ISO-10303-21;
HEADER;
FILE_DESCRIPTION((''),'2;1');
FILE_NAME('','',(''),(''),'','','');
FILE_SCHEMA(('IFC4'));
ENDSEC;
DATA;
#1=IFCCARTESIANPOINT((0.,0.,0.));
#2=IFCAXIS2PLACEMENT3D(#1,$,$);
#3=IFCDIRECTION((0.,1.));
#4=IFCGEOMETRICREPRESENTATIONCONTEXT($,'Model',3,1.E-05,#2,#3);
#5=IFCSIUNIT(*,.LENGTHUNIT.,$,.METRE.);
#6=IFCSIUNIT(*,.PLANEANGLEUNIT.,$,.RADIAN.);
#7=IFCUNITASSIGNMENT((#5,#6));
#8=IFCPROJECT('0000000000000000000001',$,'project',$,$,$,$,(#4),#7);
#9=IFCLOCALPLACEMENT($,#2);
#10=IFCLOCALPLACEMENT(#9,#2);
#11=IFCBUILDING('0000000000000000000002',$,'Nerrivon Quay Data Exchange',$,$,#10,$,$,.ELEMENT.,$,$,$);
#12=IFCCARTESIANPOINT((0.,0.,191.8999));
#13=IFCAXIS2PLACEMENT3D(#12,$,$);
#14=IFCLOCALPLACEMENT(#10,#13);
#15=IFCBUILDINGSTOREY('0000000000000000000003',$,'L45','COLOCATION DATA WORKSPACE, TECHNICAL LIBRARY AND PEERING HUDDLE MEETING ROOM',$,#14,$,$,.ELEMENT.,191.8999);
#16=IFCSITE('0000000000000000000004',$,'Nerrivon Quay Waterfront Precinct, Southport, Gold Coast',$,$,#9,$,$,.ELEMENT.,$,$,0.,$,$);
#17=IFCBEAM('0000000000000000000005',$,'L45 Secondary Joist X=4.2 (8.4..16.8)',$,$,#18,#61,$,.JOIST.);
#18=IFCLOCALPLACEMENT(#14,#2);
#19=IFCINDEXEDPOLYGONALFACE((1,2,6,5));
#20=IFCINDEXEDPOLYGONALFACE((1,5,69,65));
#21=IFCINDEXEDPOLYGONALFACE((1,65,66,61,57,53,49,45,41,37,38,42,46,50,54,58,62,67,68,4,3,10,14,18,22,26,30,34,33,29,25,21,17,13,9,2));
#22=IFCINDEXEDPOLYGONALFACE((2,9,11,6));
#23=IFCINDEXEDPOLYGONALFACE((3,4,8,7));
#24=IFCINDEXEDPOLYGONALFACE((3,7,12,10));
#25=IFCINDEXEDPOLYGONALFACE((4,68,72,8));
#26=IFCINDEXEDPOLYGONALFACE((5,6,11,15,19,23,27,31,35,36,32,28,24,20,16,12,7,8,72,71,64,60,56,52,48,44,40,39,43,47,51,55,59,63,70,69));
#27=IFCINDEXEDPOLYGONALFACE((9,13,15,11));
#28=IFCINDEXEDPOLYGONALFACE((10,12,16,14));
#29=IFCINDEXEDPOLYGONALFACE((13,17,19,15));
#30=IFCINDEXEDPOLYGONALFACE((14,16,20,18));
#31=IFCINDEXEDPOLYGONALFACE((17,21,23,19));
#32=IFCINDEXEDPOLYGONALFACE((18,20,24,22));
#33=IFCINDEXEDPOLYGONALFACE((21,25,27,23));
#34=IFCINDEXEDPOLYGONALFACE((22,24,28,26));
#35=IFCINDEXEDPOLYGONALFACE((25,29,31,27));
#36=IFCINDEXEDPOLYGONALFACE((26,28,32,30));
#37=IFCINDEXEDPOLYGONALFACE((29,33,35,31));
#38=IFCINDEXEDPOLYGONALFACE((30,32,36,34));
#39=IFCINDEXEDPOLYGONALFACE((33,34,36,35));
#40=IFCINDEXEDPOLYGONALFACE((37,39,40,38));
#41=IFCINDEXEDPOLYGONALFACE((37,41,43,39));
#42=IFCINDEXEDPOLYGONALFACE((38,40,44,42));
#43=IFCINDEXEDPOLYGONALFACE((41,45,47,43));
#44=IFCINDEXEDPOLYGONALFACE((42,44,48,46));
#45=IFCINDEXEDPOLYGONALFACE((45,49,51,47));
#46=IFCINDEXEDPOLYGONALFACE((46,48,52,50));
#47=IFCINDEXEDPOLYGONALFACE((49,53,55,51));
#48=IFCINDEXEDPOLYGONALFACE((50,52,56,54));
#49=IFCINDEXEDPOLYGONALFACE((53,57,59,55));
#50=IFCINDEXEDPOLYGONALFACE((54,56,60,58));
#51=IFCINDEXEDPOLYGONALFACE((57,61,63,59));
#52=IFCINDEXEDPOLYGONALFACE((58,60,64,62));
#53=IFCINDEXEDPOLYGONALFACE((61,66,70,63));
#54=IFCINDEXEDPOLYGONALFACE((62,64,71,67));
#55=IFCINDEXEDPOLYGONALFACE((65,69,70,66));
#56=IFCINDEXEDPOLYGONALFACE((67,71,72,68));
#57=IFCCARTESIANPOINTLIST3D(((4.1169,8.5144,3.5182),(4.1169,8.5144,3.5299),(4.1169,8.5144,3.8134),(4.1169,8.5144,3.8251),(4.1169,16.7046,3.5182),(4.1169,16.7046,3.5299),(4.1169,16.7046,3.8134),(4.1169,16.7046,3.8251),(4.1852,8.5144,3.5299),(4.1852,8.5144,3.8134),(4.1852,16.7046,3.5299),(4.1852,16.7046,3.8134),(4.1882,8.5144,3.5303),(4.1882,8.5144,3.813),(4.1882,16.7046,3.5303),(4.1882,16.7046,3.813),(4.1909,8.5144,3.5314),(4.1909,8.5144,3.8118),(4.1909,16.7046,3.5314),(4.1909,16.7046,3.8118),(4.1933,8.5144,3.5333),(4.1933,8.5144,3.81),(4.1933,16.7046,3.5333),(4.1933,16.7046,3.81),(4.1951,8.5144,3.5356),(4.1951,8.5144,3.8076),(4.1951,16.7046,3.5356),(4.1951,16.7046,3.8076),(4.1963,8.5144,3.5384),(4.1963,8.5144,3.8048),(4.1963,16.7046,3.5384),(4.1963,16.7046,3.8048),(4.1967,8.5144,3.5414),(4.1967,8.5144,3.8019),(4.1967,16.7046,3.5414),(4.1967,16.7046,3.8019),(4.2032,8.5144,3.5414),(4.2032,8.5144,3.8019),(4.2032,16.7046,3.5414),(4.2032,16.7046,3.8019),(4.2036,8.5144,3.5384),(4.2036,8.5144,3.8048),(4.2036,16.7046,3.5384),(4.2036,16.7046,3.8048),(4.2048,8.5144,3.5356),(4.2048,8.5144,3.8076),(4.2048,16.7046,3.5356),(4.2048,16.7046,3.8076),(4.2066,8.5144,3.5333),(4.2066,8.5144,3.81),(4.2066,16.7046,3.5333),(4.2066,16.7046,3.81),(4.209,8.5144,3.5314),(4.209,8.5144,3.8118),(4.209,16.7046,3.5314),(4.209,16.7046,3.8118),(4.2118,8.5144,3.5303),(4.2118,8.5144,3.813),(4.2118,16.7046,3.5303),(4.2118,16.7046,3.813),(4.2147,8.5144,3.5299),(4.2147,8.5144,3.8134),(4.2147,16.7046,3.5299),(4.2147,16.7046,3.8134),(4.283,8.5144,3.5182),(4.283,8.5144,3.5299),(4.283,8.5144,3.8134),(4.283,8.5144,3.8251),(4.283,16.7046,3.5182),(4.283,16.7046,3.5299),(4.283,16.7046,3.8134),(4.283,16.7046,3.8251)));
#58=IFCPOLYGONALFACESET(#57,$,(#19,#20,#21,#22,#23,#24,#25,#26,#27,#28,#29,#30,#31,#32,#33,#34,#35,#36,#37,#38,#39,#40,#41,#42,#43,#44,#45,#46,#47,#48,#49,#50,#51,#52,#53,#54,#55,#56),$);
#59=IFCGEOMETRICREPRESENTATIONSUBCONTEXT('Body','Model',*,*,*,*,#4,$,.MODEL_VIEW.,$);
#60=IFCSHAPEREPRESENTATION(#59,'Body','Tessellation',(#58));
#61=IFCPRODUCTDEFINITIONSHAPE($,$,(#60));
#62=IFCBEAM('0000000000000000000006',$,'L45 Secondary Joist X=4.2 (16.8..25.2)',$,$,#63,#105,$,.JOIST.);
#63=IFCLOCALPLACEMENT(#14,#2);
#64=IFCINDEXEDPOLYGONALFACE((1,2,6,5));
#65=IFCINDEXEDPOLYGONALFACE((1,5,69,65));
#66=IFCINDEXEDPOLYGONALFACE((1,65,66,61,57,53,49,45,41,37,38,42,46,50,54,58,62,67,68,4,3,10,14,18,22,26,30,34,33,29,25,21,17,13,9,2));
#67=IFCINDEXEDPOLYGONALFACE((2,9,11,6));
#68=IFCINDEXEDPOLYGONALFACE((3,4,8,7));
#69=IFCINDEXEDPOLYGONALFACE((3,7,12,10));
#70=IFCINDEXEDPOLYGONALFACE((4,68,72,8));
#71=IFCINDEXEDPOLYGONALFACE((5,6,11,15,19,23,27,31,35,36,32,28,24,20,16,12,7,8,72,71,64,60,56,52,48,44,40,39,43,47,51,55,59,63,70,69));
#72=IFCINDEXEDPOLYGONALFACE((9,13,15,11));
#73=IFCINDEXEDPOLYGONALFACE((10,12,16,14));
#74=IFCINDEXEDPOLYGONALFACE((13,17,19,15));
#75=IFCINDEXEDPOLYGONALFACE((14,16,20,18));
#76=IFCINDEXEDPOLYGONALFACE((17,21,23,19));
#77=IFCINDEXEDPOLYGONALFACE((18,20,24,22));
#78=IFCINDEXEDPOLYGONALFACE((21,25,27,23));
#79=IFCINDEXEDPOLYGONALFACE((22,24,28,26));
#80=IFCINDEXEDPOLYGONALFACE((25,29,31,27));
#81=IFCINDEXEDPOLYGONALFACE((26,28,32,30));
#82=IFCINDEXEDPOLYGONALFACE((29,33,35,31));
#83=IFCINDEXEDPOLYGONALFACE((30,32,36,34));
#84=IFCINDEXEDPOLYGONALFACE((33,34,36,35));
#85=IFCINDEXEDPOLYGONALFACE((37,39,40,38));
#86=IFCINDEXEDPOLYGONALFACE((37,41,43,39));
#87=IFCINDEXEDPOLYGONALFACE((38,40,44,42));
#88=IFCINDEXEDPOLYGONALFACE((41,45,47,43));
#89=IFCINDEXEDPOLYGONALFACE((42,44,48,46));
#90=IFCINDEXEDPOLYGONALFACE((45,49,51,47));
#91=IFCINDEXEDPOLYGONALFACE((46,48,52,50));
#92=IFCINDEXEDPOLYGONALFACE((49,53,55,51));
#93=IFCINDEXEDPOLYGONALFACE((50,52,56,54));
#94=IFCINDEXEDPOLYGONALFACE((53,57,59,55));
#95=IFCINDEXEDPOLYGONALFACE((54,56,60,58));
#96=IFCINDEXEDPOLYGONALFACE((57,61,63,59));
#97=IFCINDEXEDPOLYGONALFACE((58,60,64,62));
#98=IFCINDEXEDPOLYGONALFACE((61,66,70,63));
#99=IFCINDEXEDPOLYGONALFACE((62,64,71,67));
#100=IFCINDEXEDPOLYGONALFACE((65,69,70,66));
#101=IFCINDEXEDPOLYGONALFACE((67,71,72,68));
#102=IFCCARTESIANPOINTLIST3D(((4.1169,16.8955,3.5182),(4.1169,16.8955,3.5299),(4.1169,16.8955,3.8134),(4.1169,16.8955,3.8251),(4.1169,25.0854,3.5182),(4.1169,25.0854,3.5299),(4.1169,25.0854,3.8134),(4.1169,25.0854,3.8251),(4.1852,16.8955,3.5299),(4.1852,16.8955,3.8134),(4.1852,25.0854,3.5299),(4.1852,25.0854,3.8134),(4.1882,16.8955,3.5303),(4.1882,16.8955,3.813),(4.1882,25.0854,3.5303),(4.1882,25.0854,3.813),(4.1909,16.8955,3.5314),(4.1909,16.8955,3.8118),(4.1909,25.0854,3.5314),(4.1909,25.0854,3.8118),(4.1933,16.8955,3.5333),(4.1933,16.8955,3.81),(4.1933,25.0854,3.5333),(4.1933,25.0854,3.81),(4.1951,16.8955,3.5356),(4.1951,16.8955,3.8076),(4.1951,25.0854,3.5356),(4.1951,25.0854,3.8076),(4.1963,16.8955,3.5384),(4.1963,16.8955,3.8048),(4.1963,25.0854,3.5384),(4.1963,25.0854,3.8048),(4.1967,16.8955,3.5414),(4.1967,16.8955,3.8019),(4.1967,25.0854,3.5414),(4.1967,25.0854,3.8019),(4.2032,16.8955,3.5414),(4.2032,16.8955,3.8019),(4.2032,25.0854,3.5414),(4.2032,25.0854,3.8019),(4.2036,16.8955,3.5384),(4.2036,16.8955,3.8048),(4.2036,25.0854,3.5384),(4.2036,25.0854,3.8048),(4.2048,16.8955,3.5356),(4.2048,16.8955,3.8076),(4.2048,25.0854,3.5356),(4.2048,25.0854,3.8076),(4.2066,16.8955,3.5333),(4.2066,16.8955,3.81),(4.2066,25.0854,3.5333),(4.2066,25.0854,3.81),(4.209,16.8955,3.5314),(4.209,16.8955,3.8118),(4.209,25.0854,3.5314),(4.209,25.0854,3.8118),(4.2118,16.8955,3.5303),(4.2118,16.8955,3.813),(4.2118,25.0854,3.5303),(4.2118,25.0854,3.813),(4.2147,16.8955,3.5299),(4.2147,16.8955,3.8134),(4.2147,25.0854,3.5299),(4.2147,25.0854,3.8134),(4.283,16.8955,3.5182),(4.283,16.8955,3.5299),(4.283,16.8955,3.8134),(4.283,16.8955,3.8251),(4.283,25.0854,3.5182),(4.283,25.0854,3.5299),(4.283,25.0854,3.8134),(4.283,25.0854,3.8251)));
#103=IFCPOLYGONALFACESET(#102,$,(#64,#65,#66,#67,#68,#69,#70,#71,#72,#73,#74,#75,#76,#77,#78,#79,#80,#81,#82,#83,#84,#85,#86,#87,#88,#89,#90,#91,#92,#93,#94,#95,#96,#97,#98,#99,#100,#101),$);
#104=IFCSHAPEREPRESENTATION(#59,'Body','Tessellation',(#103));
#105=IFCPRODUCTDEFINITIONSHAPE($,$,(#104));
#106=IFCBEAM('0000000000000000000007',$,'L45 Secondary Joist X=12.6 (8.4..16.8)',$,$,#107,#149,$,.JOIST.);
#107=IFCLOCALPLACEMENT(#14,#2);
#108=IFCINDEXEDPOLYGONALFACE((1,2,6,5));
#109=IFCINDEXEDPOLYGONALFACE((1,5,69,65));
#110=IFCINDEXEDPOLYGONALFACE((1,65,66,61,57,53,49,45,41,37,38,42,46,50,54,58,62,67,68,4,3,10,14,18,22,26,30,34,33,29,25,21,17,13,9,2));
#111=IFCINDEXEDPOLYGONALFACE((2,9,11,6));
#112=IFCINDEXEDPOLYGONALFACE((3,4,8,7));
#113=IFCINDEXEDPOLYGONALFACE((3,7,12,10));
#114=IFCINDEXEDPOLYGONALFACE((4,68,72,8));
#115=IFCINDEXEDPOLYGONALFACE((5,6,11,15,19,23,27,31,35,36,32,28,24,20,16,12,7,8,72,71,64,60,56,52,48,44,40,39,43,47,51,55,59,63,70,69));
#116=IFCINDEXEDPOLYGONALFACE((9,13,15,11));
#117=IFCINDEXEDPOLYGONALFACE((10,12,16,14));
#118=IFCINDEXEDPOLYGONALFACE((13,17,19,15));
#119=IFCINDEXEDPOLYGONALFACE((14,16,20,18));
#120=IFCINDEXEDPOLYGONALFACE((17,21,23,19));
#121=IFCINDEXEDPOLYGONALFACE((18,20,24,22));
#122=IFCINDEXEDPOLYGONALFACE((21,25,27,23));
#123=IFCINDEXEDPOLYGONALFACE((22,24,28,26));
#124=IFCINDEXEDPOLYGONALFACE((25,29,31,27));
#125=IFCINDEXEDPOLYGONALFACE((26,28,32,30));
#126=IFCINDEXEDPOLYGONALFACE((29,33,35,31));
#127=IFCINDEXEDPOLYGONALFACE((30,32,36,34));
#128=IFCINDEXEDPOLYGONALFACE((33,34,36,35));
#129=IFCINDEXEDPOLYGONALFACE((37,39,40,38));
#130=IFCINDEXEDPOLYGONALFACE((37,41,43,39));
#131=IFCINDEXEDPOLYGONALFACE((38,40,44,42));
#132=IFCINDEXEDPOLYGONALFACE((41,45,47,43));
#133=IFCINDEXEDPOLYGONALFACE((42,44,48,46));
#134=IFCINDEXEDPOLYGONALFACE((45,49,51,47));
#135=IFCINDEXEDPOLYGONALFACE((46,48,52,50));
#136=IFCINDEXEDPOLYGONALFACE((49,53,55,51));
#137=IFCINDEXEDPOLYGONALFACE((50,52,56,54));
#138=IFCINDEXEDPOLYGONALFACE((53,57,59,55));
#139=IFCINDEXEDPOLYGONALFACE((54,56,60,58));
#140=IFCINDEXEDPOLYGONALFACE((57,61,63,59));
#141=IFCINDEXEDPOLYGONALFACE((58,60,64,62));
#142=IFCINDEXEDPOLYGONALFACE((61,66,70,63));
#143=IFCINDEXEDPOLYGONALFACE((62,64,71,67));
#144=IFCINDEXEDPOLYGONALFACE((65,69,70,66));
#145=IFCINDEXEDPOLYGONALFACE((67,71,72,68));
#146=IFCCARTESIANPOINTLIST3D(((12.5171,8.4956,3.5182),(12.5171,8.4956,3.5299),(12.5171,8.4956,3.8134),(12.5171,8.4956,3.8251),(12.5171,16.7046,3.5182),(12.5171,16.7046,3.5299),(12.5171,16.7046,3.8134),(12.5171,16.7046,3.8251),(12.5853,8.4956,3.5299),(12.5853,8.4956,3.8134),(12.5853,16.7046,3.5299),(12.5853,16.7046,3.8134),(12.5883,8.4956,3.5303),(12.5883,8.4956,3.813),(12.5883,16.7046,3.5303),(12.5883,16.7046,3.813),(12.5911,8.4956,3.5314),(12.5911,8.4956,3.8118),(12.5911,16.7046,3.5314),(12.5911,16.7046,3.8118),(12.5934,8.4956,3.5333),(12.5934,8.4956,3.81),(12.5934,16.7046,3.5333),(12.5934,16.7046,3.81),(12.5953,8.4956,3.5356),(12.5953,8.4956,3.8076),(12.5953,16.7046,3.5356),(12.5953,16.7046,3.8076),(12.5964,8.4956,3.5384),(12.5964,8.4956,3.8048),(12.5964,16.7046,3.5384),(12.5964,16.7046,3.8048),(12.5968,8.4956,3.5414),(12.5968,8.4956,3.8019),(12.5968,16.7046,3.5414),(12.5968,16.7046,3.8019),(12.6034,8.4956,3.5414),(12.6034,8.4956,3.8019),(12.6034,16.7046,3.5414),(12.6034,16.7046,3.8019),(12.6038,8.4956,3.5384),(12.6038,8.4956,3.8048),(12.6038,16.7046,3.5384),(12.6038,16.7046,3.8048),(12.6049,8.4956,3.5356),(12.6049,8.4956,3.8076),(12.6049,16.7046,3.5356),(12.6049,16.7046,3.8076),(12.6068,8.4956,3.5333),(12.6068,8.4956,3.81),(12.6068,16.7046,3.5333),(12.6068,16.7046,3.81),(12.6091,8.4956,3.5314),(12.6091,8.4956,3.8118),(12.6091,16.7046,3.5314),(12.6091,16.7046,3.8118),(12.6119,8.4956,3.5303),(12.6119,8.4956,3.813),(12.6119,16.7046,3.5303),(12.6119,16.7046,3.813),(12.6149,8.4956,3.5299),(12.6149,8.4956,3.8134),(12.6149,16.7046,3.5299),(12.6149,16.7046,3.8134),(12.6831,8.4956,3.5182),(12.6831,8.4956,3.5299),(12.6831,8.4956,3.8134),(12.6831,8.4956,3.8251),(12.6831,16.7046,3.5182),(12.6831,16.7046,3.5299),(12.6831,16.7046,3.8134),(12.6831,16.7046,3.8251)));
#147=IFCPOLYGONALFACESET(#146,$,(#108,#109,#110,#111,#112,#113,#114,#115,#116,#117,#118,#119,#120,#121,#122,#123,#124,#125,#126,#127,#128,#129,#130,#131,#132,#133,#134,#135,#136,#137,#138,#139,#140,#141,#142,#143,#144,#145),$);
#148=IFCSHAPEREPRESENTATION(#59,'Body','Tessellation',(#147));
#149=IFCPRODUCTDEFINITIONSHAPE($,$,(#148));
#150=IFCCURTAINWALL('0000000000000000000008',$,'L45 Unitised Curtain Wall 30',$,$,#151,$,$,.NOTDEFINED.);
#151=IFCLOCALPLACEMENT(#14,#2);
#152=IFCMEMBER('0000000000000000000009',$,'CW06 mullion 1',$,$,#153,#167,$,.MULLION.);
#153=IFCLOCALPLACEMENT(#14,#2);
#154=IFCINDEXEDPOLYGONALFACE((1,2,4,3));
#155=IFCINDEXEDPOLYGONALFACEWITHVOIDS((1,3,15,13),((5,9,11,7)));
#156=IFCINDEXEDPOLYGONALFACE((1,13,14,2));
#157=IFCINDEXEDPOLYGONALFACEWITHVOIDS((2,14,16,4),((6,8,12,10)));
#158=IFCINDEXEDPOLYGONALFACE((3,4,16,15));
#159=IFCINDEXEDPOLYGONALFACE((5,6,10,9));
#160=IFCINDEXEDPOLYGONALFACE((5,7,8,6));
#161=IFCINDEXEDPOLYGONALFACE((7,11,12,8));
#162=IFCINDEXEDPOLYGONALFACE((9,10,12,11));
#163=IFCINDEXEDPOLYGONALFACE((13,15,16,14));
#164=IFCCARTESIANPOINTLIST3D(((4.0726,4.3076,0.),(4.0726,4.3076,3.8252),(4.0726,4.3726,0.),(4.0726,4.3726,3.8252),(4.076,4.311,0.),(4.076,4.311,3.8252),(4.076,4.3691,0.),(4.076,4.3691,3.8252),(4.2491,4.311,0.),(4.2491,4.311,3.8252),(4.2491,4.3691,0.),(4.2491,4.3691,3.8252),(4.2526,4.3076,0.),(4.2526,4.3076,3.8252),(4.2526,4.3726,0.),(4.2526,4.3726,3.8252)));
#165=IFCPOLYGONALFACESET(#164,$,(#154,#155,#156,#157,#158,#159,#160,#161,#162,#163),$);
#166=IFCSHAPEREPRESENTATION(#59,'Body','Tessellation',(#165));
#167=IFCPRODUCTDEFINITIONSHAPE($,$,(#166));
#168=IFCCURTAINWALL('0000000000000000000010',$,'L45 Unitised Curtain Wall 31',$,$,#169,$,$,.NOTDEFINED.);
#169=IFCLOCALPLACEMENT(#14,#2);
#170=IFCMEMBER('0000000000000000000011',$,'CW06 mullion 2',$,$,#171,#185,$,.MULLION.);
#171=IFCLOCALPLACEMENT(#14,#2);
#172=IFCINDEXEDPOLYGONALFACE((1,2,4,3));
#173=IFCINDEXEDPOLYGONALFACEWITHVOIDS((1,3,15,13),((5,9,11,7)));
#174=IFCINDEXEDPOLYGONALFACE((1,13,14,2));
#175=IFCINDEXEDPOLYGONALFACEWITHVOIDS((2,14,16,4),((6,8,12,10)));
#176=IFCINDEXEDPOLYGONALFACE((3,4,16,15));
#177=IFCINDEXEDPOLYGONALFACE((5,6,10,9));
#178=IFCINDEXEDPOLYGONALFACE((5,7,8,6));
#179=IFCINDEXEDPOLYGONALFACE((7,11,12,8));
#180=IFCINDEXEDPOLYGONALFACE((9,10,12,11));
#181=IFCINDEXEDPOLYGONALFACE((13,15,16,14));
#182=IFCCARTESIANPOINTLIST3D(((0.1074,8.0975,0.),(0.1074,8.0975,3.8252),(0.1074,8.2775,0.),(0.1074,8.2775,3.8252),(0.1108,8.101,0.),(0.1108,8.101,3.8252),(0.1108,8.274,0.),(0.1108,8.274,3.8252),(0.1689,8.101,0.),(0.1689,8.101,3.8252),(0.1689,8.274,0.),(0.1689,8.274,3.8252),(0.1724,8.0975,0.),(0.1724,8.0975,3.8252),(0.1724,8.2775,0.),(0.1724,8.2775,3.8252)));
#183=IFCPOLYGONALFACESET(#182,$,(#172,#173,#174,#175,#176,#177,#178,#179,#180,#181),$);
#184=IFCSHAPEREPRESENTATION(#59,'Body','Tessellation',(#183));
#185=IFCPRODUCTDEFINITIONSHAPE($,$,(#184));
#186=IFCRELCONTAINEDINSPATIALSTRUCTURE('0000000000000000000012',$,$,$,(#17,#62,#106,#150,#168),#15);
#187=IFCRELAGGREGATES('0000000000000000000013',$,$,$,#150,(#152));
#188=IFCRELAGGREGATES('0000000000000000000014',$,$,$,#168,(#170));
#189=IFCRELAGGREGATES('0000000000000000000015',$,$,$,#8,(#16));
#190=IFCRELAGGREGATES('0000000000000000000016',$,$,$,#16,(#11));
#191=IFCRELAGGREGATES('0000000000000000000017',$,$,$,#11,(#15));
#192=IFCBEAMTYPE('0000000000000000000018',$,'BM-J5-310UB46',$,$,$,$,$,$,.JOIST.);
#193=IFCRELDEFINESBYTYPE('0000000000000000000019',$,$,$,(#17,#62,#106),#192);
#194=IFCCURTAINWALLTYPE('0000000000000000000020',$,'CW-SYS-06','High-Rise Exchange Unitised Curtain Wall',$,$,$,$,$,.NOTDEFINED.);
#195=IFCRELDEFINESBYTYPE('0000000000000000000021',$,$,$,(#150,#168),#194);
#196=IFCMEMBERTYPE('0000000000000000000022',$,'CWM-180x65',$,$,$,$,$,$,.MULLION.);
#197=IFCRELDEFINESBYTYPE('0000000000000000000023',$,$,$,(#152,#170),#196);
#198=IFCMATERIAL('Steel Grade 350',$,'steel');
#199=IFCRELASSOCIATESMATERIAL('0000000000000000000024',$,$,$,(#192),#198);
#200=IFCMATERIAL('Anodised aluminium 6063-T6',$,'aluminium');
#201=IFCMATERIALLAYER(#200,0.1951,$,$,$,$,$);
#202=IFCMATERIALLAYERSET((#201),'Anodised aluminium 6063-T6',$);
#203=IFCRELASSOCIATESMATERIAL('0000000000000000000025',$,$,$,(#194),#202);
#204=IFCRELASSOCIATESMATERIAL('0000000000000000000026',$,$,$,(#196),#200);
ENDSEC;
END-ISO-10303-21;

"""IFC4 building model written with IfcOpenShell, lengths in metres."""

from ifc_helpers import new_model, si_unit, direction, frame, origin, origin_2d, place, context, subcontext, project, spatial, hollow_rectangle, i_section, extrude, material, layer, layer_set, material_profile, profile_set, type_object, element, aggregate, save


model = new_model("IFC4")

# Units and contexts
model_context = context("Model", 3, precision=1e-05, world=origin(), true_north=direction((0.0, 1.0)))
body_context = subcontext(model_context, "Body", "Model", "MODEL_VIEW")
ifc_project = project(units=[si_unit("LENGTHUNIT", "METRE"), si_unit("PLANEANGLEUNIT", "RADIAN")], contexts=[model_context])

# Site, building, storey
site_placement = place(None, origin())
site = spatial("IfcSite", under=ifc_project, at=site_placement, Name="Nerrivon Quay Waterfront Precinct, Southport, Gold Coast", CompositionType="ELEMENT", RefElevation=0.0)
building_placement = place(site_placement, origin())
building = spatial("IfcBuilding", under=site, at=building_placement, Name="Nerrivon Quay Data Exchange", CompositionType="ELEMENT")
storey_placement = place(building_placement, frame((0.0, 0.0, 191.8999)))
storey = spatial("IfcBuildingStorey", under=building, at=storey_placement, Name="L45", Description="COLOCATION DATA WORKSPACE, TECHNICAL LIBRARY AND PEERING HUDDLE MEETING ROOM", CompositionType="ELEMENT", Elevation=191.8999)

# Shared definitions
ifc_material_1 = material(Name="Steel Grade 350", Category="steel")

# Beams
ifc_material_profile_1 = material_profile(ifc_material_1, i_section(OverallWidth=0.166, OverallDepth=0.3069, WebThickness=0.0066, FlangeThickness=0.0117, FilletRadius=0.0115, at=origin_2d()), Name="310UB46.2")
ifc_profile_set_1 = profile_set([ifc_material_profile_1], Name="Steel Grade 350")
beam_type_1 = type_object("IfcBeamType", Name="BM-J5-310UB46", PredefinedType="JOIST", material=ifc_profile_set_1)
beam_1_placement = place(storey_placement, frame((4.2, 8.5144, 3.6716), z_axis=(0.0, 1.0, 0.0), x_axis=(-1.0, 0.0, 0.0)))
element("IfcBeam", 1, at=beam_1_placement, inside=storey, type_object=beam_type_1, Name="L45 Secondary Joist X=4.2 (8.4..16.8)", PredefinedType="JOIST", context=body_context, shape_type="SweptSolid", body=[
    extrude(i_section(OverallWidth=0.166, OverallDepth=0.3069, WebThickness=0.0066, FlangeThickness=0.0117, FilletRadius=0.0115, at=origin_2d()), origin(), (0.0, 0.0, 1.0), 8.1902),
])
beam_2_placement = place(storey_placement, frame((4.2, 16.8955, 3.6716), z_axis=(0.0, 1.0, 0.0), x_axis=(-1.0, 0.0, 0.0)))
element("IfcBeam", 2, at=beam_2_placement, inside=storey, type_object=beam_type_1, Name="L45 Secondary Joist X=4.2 (16.8..25.2)", PredefinedType="JOIST", context=body_context, shape_type="SweptSolid", body=[
    extrude(i_section(OverallWidth=0.166, OverallDepth=0.3069, WebThickness=0.0066, FlangeThickness=0.0117, FilletRadius=0.0115, at=origin_2d()), origin(), (0.0, 0.0, 1.0), 8.1899),
])
beam_3_placement = place(storey_placement, frame((12.6001, 8.4956, 3.6716), z_axis=(0.0, 1.0, 0.0), x_axis=(-1.0, 0.0, 0.0)))
element("IfcBeam", 3, at=beam_3_placement, inside=storey, type_object=beam_type_1, Name="L45 Secondary Joist X=12.6 (8.4..16.8)", PredefinedType="JOIST", context=body_context, shape_type="SweptSolid", body=[
    extrude(i_section(OverallWidth=0.166, OverallDepth=0.3069, WebThickness=0.0066, FlangeThickness=0.0117, FilletRadius=0.0115, at=origin_2d()), origin(), (0.0, 0.0, 1.0), 8.209),
])

# Curtain walls, members
ifc_material_2 = material(Name="Anodised aluminium 6063-T6", Category="aluminium")
ifc_layer_1 = layer(ifc_material_2, 0.1951)
ifc_layer_set_1 = layer_set([ifc_layer_1], Name="Anodised aluminium 6063-T6")
curtain_wall_type = type_object("IfcCurtainWallType", Name="CW-SYS-06", Description="High-Rise Exchange Unitised Curtain Wall", PredefinedType="NOTDEFINED", material=ifc_layer_set_1)
curtain_wall_1_placement = place(storey_placement, origin())
curtain_wall_1 = element("IfcCurtainWall", 4, at=curtain_wall_1_placement, inside=storey, type_object=curtain_wall_type, Name="L45 Unitised Curtain Wall 30", PredefinedType="NOTDEFINED")
ifc_material_profile_2 = material_profile(ifc_material_2, hollow_rectangle(XDim=0.0649, YDim=0.1799, WallThickness=0.0034, at=origin_2d()), Name="ALU-MULL-180x65")
ifc_profile_set_2 = profile_set([ifc_material_profile_2], Name="Anodised aluminium 6063-T6")
member_type_1 = type_object("IfcMemberType", Name="CWM-180x65", PredefinedType="MULLION", material=ifc_profile_set_2)
member_1_placement = place(storey_placement, frame((4.1626, 4.3401, 0.0), z_axis=(0.0, 0.0, 1.0), x_axis=(0.0, -1.0, 0.0)))
member_1 = element("IfcMember", 5, at=member_1_placement, type_object=member_type_1, Name="CW06 mullion 1", PredefinedType="MULLION", context=body_context, shape_type="SweptSolid", body=[
    extrude(hollow_rectangle(XDim=0.0649, YDim=0.1799, WallThickness=0.0034, at=origin_2d()), origin(), (0.0, 0.0, 1.0), 3.8252),
])
curtain_wall_2_placement = place(storey_placement, origin())
curtain_wall_2 = element("IfcCurtainWall", 6, at=curtain_wall_2_placement, inside=storey, type_object=curtain_wall_type, Name="L45 Unitised Curtain Wall 31", PredefinedType="NOTDEFINED")
member_2_placement = place(storey_placement, frame((0.1399, 8.1875, 0.0), z_axis=(0.0, 0.0, 1.0), x_axis=(-1.0, 0.0, 0.0)))
member_2 = element("IfcMember", 7, at=member_2_placement, type_object=member_type_1, Name="CW06 mullion 2", PredefinedType="MULLION", context=body_context, shape_type="SweptSolid", body=[
    extrude(hollow_rectangle(XDim=0.0649, YDim=0.1799, WallThickness=0.0034, at=origin_2d()), origin(), (0.0, 0.0, 1.0), 3.8252),
])

aggregate(curtain_wall_1, [member_1])

aggregate(curtain_wall_2, [member_2])

save(model, "model.ifc")
